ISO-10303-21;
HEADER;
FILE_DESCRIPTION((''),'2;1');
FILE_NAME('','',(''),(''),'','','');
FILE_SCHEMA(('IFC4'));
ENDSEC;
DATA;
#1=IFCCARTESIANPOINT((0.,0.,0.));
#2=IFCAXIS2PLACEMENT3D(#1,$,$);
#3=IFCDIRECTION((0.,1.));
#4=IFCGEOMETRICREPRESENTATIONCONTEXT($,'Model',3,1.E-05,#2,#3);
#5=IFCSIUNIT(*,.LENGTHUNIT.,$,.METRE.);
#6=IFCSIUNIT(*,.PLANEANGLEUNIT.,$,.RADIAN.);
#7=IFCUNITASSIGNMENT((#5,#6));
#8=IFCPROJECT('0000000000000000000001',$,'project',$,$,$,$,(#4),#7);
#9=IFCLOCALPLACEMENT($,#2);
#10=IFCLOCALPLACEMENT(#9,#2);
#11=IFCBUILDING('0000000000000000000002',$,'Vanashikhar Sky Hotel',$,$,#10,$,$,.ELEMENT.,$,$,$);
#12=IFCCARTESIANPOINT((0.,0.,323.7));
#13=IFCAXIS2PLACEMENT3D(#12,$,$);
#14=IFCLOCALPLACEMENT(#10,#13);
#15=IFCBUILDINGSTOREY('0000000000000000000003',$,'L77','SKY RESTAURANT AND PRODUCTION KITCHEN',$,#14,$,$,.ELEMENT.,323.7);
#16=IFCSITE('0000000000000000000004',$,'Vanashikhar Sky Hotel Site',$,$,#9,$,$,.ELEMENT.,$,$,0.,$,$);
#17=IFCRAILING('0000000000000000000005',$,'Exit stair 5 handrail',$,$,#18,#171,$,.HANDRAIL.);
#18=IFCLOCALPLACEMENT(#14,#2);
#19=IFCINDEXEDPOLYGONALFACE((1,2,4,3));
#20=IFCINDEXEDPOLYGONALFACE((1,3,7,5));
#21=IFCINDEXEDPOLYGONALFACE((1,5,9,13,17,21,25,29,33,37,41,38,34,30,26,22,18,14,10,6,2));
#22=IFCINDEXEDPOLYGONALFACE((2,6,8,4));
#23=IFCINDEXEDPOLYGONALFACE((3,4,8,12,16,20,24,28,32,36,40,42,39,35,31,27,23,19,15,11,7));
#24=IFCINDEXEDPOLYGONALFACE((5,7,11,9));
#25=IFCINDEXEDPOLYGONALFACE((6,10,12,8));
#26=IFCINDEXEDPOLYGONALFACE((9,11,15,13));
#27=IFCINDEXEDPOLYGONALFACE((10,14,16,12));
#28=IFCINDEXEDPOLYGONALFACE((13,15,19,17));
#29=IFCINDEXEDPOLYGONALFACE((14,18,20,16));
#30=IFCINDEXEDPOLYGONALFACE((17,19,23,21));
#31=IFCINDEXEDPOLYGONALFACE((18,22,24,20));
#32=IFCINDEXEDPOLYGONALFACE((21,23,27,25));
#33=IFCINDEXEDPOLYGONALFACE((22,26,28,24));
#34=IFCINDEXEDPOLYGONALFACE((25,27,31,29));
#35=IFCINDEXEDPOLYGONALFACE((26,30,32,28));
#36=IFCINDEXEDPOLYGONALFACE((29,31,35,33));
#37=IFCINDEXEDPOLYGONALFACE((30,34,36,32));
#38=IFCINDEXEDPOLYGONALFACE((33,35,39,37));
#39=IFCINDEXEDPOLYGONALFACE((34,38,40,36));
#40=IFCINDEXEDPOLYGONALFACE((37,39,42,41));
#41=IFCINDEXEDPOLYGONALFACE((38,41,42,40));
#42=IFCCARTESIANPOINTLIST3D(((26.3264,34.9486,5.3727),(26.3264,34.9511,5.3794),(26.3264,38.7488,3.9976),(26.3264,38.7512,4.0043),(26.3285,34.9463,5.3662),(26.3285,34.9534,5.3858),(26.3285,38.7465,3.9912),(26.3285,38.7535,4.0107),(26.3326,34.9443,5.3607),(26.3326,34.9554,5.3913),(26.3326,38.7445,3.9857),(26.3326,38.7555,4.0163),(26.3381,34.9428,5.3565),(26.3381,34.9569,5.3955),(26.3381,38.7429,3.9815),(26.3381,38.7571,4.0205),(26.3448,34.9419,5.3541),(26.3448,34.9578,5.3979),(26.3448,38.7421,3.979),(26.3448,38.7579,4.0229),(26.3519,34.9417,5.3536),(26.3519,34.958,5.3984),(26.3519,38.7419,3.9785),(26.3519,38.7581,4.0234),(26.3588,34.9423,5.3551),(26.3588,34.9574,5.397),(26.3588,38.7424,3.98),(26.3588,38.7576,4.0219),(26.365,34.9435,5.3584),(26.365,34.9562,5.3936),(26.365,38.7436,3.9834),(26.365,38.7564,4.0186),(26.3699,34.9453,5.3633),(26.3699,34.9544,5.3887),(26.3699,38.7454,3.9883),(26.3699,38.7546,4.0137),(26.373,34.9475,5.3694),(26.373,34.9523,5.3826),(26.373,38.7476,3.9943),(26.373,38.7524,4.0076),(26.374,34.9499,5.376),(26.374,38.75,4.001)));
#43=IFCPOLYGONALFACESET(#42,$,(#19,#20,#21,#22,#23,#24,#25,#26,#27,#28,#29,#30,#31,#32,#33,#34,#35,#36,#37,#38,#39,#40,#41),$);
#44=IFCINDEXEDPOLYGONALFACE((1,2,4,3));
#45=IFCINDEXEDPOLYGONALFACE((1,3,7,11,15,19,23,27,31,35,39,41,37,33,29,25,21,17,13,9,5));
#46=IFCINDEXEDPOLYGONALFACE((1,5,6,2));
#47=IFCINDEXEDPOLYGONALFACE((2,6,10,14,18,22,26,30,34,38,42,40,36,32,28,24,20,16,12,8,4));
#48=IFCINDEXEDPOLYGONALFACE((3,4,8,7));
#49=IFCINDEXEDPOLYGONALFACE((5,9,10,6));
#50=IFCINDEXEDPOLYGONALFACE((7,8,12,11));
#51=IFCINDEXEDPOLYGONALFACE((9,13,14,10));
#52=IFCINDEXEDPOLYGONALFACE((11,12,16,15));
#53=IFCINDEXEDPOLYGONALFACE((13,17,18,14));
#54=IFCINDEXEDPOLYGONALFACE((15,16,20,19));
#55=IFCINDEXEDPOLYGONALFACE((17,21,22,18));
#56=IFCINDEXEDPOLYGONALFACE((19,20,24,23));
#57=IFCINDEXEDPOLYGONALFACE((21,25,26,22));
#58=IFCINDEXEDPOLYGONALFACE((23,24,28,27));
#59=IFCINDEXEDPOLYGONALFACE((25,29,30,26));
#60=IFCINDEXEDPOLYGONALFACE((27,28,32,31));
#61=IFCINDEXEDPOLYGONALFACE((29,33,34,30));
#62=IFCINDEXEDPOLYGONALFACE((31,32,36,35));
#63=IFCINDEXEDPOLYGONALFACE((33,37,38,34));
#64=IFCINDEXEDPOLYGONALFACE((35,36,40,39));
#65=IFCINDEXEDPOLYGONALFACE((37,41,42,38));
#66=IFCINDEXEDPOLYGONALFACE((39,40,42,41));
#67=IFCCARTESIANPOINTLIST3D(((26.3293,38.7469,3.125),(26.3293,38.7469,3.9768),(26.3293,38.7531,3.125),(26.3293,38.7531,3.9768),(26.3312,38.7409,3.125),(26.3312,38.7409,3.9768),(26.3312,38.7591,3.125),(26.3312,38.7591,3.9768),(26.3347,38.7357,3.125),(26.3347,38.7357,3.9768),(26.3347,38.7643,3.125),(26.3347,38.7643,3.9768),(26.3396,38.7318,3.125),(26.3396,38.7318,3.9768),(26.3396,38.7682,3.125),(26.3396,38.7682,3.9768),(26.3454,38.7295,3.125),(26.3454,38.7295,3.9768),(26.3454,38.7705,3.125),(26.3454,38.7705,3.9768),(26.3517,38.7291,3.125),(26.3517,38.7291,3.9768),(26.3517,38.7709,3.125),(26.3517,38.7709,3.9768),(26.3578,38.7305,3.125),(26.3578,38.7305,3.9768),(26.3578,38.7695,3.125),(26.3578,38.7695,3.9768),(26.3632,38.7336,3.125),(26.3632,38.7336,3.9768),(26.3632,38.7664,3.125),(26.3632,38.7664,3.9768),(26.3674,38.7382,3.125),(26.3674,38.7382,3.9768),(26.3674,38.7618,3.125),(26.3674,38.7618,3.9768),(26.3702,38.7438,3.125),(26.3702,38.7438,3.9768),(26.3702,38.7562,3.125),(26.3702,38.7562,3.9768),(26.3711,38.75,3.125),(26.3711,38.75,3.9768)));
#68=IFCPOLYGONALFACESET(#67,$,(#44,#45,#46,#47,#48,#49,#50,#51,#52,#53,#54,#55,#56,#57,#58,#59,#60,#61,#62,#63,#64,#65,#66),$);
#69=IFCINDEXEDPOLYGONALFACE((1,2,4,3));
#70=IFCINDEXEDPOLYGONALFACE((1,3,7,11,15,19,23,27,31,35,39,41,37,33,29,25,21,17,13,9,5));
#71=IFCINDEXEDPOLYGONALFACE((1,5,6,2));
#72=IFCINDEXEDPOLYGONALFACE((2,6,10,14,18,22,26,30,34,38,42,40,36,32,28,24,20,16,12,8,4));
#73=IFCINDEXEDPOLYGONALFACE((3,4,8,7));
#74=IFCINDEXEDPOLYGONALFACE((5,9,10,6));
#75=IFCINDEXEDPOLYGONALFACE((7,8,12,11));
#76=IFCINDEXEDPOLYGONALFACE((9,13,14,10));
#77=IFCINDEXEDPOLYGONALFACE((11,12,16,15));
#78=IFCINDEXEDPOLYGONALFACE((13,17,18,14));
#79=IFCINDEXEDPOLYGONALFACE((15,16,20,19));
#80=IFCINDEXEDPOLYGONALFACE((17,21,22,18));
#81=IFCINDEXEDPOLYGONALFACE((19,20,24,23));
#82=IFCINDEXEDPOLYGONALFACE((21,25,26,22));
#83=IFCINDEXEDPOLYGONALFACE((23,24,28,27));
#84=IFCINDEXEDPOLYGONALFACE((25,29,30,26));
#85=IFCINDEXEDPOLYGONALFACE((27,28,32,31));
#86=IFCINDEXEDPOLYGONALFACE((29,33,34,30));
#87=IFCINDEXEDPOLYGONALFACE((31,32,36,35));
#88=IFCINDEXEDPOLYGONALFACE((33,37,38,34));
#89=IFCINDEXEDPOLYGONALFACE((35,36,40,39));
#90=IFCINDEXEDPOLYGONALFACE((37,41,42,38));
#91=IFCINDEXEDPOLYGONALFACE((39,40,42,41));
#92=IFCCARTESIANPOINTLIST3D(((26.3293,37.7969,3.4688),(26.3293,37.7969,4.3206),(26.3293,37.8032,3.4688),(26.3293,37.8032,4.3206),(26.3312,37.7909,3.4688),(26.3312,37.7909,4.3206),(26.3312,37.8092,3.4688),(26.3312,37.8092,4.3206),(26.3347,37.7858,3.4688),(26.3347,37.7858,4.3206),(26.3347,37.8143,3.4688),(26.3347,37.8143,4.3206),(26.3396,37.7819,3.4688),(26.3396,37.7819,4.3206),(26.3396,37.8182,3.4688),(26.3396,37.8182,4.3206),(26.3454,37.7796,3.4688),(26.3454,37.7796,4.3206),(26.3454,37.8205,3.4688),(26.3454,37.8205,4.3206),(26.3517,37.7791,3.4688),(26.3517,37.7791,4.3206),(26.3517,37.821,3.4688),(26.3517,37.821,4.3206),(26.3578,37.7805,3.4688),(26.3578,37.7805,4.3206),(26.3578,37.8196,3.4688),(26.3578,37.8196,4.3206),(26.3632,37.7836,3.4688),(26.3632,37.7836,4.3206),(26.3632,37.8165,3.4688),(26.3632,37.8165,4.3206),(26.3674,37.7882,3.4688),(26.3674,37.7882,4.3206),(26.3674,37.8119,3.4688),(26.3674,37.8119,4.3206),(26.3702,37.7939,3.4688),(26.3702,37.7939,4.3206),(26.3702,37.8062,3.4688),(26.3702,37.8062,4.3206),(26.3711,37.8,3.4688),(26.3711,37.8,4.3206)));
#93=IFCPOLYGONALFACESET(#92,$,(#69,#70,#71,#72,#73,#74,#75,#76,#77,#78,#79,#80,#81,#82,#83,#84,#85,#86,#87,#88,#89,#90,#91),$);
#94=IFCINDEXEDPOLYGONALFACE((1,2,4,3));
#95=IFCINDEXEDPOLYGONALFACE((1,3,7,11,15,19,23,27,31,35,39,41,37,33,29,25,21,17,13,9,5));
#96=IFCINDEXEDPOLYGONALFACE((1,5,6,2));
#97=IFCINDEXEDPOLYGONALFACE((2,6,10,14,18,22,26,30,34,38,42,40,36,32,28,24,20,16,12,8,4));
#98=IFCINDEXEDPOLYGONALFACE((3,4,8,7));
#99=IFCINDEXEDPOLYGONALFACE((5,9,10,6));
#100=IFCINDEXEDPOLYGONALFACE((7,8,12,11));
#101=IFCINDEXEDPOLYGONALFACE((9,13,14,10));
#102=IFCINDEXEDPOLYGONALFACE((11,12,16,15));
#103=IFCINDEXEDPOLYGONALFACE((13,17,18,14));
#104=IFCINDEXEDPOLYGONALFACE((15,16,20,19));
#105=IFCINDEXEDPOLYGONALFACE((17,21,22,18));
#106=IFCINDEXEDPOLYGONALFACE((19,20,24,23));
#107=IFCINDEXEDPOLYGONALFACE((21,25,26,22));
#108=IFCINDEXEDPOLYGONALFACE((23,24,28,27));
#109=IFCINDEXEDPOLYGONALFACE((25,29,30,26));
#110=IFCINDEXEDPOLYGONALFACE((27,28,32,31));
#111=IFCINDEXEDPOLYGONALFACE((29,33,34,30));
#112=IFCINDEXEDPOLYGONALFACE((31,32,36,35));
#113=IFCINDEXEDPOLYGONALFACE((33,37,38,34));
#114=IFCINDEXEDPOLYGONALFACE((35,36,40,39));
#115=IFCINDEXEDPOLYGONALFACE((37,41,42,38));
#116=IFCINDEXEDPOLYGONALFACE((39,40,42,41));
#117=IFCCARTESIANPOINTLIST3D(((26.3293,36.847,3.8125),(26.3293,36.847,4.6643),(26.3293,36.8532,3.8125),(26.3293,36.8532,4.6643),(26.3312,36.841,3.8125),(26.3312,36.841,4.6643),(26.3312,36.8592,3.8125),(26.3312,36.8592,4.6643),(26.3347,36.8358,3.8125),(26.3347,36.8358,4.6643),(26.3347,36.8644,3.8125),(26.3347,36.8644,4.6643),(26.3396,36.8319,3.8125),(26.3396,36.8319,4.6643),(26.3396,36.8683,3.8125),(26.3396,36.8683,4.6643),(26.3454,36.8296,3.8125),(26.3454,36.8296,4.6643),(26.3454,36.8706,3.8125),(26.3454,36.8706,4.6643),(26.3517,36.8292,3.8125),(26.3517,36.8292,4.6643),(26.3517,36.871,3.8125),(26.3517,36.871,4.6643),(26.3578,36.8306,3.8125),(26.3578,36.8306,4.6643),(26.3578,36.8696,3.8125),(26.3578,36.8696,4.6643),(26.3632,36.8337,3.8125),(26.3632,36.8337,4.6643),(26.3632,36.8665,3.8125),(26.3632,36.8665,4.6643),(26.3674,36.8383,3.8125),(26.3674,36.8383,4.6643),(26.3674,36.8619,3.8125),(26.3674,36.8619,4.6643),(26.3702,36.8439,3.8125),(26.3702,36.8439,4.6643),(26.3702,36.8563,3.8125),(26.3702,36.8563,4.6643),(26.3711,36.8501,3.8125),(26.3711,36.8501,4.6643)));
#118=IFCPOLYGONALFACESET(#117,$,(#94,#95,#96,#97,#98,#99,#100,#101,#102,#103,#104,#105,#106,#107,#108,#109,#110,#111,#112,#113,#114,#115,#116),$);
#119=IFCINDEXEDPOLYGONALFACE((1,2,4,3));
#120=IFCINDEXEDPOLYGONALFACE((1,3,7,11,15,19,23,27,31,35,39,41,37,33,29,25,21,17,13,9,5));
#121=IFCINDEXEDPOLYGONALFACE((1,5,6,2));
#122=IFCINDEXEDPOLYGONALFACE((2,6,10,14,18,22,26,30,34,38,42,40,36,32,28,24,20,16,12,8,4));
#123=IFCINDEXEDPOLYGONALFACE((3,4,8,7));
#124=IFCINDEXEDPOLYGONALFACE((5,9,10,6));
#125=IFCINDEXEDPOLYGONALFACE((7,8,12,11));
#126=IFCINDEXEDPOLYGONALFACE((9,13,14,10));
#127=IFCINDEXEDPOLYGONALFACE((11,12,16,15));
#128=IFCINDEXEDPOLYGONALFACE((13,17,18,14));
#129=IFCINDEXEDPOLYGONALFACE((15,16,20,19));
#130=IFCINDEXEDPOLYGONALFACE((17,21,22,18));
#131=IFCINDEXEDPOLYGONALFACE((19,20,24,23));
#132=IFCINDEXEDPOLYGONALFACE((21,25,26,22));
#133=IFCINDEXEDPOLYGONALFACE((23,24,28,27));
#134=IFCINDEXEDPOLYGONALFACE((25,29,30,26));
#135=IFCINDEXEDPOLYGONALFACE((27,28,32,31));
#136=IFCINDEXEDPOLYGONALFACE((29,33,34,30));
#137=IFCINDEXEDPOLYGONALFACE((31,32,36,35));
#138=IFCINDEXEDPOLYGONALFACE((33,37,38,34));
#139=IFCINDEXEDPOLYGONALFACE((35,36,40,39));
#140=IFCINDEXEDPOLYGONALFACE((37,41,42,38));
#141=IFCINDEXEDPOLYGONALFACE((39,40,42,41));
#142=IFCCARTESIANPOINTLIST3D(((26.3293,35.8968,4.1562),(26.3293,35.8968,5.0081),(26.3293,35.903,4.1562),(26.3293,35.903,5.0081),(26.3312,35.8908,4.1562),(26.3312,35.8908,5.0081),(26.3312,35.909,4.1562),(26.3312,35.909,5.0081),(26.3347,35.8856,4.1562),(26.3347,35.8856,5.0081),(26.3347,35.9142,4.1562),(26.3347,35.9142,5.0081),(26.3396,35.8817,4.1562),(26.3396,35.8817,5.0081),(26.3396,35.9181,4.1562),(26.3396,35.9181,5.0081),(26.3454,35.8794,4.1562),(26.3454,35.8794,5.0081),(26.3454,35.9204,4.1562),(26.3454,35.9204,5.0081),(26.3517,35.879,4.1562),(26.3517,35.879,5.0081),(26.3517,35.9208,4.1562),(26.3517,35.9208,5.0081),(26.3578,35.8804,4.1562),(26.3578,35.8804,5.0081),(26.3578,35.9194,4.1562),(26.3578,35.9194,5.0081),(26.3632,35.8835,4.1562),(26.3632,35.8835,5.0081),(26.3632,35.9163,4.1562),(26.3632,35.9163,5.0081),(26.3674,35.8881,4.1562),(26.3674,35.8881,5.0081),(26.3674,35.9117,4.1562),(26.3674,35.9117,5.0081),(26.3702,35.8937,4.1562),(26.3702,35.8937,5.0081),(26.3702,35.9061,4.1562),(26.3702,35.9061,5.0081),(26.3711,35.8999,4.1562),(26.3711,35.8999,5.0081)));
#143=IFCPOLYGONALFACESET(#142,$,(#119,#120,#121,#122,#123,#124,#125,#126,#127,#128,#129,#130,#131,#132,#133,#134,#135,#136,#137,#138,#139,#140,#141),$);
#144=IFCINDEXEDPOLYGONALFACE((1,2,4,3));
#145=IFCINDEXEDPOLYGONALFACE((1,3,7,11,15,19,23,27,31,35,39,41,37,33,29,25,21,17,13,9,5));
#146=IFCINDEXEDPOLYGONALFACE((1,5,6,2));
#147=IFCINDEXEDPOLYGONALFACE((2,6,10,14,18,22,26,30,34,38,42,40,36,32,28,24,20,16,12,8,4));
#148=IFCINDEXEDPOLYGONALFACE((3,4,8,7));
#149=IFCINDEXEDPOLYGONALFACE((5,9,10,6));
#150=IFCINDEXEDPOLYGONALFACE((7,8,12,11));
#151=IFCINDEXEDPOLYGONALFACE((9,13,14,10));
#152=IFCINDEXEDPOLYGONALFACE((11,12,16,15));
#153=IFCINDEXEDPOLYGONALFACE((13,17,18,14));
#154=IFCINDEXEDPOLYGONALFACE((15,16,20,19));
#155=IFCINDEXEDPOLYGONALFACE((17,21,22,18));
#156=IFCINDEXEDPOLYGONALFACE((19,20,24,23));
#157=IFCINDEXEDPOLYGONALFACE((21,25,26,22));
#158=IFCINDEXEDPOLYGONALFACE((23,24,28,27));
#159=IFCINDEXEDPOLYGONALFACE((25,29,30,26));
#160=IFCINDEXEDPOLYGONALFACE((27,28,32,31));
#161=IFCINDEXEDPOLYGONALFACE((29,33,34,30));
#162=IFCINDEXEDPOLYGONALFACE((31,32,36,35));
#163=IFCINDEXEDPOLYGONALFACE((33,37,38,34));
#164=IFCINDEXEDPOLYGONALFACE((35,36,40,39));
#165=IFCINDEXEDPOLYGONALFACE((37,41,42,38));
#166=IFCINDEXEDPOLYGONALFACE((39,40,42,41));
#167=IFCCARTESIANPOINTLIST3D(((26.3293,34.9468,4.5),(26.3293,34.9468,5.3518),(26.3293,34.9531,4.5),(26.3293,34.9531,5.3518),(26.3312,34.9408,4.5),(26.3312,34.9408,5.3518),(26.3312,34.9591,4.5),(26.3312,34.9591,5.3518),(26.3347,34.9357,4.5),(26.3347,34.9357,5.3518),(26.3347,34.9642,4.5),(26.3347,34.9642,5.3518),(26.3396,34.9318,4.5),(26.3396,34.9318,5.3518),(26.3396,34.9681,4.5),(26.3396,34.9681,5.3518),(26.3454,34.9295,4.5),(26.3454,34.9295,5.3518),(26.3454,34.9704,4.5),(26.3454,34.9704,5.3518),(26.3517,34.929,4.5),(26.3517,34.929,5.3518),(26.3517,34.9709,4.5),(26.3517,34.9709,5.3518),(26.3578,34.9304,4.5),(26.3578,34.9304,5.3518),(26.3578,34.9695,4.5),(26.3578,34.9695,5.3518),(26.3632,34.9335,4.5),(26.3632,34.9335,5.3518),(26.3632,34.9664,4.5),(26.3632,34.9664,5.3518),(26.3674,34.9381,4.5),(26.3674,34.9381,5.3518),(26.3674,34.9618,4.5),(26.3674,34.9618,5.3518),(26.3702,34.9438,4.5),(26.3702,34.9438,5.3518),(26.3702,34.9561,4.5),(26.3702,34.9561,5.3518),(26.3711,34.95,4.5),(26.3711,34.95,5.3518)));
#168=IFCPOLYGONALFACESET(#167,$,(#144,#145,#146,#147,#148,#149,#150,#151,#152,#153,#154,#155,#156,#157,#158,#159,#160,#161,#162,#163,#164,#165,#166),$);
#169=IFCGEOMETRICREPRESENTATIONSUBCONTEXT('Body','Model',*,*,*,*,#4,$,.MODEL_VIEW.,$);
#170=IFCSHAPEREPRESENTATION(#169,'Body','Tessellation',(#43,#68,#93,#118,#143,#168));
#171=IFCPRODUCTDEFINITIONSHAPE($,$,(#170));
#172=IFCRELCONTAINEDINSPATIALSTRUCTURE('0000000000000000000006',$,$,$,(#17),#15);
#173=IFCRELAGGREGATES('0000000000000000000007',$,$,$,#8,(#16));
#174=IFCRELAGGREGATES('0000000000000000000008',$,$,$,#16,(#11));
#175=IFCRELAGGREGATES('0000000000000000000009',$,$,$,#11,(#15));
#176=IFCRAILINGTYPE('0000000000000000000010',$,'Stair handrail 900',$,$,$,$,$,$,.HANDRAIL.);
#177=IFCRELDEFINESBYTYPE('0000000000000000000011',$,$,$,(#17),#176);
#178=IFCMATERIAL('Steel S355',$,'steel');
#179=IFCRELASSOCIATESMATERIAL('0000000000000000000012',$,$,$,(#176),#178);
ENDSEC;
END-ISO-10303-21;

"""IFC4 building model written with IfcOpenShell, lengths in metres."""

from ifc_helpers import new_model, si_unit, direction, frame, origin, origin_2d, place, context, subcontext, project, spatial, circle, extrude, source, transform, mapped, material, type_object, element, save


model = new_model("IFC4")

# Units and contexts
model_context = context("Model", 3, precision=1e-05, world=origin(), true_north=direction((0.0, 1.0)))
body_context = subcontext(model_context, "Body", "Model", "MODEL_VIEW")
ifc_project = project(units=[si_unit("LENGTHUNIT", "METRE"), si_unit("PLANEANGLEUNIT", "RADIAN")], contexts=[model_context])

# Site, building, storey
site_placement = place(None, origin())
site = spatial("IfcSite", under=ifc_project, at=site_placement, Name="Vanashikhar Sky Hotel Site", CompositionType="ELEMENT", RefElevation=0.0)
building_placement = place(site_placement, origin())
building = spatial("IfcBuilding", under=site, at=building_placement, Name="Vanashikhar Sky Hotel", CompositionType="ELEMENT")
storey_placement = place(building_placement, frame((0.0, 0.0, 323.7)))
storey = spatial("IfcBuildingStorey", under=building, at=storey_placement, Name="L77", Description="SKY RESTAURANT AND PRODUCTION KITCHEN", CompositionType="ELEMENT", Elevation=323.7)

# Railing
ifc_material_1 = material(Name="Steel S355", Category="steel")
railing_type = type_object("IfcRailingType", Name="Stair handrail 900", PredefinedType="HANDRAIL", material=ifc_material_1)
shared_shape_1 = source(origin(), body_context, "Body", "SweptSolid", [
    extrude(circle(Radius=0.0239, at=origin_2d()), frame((0.0, 0.0, 0.876), z_axis=(0.0, -0.940336, 0.340249), x_axis=(1.0, 0.0, 0.0)), (0.0, 0.0, 1.0), 4.0413),
    extrude(circle(Radius=0.021, at=origin_2d()), origin(), (0.0, 0.0, 1.0), 0.8518),
    extrude(circle(Radius=0.021, at=origin_2d()), frame((0.0, -0.95, 0.3438)), (0.0, 0.0, 1.0), 0.8518),
    extrude(circle(Radius=0.021, at=origin_2d()), frame((0.0, -1.8999, 0.6875)), (0.0, 0.0, 1.0), 0.8518),
    extrude(circle(Radius=0.021, at=origin_2d()), frame((0.0, -2.8501, 1.0312)), (0.0, 0.0, 1.0), 0.8518),
    extrude(circle(Radius=0.021, at=origin_2d()), frame((0.0, -3.8, 1.375)), (0.0, 0.0, 1.0), 0.8518),
])
for number, where, name in (
    (1, (26.3501, 38.75, 3.125), "Exit stair 5 handrail"),
):
    element("IfcRailing", number, at=place(storey_placement, frame(where)), inside=storey, type_object=railing_type, Name=name, PredefinedType="HANDRAIL", context=body_context, shape_type="MappedRepresentation", body=[
        mapped(shared_shape_1, transform((0.0, 0.0, 0.0), scale=1.0)),
    ])

save(model, "model.ifc")
